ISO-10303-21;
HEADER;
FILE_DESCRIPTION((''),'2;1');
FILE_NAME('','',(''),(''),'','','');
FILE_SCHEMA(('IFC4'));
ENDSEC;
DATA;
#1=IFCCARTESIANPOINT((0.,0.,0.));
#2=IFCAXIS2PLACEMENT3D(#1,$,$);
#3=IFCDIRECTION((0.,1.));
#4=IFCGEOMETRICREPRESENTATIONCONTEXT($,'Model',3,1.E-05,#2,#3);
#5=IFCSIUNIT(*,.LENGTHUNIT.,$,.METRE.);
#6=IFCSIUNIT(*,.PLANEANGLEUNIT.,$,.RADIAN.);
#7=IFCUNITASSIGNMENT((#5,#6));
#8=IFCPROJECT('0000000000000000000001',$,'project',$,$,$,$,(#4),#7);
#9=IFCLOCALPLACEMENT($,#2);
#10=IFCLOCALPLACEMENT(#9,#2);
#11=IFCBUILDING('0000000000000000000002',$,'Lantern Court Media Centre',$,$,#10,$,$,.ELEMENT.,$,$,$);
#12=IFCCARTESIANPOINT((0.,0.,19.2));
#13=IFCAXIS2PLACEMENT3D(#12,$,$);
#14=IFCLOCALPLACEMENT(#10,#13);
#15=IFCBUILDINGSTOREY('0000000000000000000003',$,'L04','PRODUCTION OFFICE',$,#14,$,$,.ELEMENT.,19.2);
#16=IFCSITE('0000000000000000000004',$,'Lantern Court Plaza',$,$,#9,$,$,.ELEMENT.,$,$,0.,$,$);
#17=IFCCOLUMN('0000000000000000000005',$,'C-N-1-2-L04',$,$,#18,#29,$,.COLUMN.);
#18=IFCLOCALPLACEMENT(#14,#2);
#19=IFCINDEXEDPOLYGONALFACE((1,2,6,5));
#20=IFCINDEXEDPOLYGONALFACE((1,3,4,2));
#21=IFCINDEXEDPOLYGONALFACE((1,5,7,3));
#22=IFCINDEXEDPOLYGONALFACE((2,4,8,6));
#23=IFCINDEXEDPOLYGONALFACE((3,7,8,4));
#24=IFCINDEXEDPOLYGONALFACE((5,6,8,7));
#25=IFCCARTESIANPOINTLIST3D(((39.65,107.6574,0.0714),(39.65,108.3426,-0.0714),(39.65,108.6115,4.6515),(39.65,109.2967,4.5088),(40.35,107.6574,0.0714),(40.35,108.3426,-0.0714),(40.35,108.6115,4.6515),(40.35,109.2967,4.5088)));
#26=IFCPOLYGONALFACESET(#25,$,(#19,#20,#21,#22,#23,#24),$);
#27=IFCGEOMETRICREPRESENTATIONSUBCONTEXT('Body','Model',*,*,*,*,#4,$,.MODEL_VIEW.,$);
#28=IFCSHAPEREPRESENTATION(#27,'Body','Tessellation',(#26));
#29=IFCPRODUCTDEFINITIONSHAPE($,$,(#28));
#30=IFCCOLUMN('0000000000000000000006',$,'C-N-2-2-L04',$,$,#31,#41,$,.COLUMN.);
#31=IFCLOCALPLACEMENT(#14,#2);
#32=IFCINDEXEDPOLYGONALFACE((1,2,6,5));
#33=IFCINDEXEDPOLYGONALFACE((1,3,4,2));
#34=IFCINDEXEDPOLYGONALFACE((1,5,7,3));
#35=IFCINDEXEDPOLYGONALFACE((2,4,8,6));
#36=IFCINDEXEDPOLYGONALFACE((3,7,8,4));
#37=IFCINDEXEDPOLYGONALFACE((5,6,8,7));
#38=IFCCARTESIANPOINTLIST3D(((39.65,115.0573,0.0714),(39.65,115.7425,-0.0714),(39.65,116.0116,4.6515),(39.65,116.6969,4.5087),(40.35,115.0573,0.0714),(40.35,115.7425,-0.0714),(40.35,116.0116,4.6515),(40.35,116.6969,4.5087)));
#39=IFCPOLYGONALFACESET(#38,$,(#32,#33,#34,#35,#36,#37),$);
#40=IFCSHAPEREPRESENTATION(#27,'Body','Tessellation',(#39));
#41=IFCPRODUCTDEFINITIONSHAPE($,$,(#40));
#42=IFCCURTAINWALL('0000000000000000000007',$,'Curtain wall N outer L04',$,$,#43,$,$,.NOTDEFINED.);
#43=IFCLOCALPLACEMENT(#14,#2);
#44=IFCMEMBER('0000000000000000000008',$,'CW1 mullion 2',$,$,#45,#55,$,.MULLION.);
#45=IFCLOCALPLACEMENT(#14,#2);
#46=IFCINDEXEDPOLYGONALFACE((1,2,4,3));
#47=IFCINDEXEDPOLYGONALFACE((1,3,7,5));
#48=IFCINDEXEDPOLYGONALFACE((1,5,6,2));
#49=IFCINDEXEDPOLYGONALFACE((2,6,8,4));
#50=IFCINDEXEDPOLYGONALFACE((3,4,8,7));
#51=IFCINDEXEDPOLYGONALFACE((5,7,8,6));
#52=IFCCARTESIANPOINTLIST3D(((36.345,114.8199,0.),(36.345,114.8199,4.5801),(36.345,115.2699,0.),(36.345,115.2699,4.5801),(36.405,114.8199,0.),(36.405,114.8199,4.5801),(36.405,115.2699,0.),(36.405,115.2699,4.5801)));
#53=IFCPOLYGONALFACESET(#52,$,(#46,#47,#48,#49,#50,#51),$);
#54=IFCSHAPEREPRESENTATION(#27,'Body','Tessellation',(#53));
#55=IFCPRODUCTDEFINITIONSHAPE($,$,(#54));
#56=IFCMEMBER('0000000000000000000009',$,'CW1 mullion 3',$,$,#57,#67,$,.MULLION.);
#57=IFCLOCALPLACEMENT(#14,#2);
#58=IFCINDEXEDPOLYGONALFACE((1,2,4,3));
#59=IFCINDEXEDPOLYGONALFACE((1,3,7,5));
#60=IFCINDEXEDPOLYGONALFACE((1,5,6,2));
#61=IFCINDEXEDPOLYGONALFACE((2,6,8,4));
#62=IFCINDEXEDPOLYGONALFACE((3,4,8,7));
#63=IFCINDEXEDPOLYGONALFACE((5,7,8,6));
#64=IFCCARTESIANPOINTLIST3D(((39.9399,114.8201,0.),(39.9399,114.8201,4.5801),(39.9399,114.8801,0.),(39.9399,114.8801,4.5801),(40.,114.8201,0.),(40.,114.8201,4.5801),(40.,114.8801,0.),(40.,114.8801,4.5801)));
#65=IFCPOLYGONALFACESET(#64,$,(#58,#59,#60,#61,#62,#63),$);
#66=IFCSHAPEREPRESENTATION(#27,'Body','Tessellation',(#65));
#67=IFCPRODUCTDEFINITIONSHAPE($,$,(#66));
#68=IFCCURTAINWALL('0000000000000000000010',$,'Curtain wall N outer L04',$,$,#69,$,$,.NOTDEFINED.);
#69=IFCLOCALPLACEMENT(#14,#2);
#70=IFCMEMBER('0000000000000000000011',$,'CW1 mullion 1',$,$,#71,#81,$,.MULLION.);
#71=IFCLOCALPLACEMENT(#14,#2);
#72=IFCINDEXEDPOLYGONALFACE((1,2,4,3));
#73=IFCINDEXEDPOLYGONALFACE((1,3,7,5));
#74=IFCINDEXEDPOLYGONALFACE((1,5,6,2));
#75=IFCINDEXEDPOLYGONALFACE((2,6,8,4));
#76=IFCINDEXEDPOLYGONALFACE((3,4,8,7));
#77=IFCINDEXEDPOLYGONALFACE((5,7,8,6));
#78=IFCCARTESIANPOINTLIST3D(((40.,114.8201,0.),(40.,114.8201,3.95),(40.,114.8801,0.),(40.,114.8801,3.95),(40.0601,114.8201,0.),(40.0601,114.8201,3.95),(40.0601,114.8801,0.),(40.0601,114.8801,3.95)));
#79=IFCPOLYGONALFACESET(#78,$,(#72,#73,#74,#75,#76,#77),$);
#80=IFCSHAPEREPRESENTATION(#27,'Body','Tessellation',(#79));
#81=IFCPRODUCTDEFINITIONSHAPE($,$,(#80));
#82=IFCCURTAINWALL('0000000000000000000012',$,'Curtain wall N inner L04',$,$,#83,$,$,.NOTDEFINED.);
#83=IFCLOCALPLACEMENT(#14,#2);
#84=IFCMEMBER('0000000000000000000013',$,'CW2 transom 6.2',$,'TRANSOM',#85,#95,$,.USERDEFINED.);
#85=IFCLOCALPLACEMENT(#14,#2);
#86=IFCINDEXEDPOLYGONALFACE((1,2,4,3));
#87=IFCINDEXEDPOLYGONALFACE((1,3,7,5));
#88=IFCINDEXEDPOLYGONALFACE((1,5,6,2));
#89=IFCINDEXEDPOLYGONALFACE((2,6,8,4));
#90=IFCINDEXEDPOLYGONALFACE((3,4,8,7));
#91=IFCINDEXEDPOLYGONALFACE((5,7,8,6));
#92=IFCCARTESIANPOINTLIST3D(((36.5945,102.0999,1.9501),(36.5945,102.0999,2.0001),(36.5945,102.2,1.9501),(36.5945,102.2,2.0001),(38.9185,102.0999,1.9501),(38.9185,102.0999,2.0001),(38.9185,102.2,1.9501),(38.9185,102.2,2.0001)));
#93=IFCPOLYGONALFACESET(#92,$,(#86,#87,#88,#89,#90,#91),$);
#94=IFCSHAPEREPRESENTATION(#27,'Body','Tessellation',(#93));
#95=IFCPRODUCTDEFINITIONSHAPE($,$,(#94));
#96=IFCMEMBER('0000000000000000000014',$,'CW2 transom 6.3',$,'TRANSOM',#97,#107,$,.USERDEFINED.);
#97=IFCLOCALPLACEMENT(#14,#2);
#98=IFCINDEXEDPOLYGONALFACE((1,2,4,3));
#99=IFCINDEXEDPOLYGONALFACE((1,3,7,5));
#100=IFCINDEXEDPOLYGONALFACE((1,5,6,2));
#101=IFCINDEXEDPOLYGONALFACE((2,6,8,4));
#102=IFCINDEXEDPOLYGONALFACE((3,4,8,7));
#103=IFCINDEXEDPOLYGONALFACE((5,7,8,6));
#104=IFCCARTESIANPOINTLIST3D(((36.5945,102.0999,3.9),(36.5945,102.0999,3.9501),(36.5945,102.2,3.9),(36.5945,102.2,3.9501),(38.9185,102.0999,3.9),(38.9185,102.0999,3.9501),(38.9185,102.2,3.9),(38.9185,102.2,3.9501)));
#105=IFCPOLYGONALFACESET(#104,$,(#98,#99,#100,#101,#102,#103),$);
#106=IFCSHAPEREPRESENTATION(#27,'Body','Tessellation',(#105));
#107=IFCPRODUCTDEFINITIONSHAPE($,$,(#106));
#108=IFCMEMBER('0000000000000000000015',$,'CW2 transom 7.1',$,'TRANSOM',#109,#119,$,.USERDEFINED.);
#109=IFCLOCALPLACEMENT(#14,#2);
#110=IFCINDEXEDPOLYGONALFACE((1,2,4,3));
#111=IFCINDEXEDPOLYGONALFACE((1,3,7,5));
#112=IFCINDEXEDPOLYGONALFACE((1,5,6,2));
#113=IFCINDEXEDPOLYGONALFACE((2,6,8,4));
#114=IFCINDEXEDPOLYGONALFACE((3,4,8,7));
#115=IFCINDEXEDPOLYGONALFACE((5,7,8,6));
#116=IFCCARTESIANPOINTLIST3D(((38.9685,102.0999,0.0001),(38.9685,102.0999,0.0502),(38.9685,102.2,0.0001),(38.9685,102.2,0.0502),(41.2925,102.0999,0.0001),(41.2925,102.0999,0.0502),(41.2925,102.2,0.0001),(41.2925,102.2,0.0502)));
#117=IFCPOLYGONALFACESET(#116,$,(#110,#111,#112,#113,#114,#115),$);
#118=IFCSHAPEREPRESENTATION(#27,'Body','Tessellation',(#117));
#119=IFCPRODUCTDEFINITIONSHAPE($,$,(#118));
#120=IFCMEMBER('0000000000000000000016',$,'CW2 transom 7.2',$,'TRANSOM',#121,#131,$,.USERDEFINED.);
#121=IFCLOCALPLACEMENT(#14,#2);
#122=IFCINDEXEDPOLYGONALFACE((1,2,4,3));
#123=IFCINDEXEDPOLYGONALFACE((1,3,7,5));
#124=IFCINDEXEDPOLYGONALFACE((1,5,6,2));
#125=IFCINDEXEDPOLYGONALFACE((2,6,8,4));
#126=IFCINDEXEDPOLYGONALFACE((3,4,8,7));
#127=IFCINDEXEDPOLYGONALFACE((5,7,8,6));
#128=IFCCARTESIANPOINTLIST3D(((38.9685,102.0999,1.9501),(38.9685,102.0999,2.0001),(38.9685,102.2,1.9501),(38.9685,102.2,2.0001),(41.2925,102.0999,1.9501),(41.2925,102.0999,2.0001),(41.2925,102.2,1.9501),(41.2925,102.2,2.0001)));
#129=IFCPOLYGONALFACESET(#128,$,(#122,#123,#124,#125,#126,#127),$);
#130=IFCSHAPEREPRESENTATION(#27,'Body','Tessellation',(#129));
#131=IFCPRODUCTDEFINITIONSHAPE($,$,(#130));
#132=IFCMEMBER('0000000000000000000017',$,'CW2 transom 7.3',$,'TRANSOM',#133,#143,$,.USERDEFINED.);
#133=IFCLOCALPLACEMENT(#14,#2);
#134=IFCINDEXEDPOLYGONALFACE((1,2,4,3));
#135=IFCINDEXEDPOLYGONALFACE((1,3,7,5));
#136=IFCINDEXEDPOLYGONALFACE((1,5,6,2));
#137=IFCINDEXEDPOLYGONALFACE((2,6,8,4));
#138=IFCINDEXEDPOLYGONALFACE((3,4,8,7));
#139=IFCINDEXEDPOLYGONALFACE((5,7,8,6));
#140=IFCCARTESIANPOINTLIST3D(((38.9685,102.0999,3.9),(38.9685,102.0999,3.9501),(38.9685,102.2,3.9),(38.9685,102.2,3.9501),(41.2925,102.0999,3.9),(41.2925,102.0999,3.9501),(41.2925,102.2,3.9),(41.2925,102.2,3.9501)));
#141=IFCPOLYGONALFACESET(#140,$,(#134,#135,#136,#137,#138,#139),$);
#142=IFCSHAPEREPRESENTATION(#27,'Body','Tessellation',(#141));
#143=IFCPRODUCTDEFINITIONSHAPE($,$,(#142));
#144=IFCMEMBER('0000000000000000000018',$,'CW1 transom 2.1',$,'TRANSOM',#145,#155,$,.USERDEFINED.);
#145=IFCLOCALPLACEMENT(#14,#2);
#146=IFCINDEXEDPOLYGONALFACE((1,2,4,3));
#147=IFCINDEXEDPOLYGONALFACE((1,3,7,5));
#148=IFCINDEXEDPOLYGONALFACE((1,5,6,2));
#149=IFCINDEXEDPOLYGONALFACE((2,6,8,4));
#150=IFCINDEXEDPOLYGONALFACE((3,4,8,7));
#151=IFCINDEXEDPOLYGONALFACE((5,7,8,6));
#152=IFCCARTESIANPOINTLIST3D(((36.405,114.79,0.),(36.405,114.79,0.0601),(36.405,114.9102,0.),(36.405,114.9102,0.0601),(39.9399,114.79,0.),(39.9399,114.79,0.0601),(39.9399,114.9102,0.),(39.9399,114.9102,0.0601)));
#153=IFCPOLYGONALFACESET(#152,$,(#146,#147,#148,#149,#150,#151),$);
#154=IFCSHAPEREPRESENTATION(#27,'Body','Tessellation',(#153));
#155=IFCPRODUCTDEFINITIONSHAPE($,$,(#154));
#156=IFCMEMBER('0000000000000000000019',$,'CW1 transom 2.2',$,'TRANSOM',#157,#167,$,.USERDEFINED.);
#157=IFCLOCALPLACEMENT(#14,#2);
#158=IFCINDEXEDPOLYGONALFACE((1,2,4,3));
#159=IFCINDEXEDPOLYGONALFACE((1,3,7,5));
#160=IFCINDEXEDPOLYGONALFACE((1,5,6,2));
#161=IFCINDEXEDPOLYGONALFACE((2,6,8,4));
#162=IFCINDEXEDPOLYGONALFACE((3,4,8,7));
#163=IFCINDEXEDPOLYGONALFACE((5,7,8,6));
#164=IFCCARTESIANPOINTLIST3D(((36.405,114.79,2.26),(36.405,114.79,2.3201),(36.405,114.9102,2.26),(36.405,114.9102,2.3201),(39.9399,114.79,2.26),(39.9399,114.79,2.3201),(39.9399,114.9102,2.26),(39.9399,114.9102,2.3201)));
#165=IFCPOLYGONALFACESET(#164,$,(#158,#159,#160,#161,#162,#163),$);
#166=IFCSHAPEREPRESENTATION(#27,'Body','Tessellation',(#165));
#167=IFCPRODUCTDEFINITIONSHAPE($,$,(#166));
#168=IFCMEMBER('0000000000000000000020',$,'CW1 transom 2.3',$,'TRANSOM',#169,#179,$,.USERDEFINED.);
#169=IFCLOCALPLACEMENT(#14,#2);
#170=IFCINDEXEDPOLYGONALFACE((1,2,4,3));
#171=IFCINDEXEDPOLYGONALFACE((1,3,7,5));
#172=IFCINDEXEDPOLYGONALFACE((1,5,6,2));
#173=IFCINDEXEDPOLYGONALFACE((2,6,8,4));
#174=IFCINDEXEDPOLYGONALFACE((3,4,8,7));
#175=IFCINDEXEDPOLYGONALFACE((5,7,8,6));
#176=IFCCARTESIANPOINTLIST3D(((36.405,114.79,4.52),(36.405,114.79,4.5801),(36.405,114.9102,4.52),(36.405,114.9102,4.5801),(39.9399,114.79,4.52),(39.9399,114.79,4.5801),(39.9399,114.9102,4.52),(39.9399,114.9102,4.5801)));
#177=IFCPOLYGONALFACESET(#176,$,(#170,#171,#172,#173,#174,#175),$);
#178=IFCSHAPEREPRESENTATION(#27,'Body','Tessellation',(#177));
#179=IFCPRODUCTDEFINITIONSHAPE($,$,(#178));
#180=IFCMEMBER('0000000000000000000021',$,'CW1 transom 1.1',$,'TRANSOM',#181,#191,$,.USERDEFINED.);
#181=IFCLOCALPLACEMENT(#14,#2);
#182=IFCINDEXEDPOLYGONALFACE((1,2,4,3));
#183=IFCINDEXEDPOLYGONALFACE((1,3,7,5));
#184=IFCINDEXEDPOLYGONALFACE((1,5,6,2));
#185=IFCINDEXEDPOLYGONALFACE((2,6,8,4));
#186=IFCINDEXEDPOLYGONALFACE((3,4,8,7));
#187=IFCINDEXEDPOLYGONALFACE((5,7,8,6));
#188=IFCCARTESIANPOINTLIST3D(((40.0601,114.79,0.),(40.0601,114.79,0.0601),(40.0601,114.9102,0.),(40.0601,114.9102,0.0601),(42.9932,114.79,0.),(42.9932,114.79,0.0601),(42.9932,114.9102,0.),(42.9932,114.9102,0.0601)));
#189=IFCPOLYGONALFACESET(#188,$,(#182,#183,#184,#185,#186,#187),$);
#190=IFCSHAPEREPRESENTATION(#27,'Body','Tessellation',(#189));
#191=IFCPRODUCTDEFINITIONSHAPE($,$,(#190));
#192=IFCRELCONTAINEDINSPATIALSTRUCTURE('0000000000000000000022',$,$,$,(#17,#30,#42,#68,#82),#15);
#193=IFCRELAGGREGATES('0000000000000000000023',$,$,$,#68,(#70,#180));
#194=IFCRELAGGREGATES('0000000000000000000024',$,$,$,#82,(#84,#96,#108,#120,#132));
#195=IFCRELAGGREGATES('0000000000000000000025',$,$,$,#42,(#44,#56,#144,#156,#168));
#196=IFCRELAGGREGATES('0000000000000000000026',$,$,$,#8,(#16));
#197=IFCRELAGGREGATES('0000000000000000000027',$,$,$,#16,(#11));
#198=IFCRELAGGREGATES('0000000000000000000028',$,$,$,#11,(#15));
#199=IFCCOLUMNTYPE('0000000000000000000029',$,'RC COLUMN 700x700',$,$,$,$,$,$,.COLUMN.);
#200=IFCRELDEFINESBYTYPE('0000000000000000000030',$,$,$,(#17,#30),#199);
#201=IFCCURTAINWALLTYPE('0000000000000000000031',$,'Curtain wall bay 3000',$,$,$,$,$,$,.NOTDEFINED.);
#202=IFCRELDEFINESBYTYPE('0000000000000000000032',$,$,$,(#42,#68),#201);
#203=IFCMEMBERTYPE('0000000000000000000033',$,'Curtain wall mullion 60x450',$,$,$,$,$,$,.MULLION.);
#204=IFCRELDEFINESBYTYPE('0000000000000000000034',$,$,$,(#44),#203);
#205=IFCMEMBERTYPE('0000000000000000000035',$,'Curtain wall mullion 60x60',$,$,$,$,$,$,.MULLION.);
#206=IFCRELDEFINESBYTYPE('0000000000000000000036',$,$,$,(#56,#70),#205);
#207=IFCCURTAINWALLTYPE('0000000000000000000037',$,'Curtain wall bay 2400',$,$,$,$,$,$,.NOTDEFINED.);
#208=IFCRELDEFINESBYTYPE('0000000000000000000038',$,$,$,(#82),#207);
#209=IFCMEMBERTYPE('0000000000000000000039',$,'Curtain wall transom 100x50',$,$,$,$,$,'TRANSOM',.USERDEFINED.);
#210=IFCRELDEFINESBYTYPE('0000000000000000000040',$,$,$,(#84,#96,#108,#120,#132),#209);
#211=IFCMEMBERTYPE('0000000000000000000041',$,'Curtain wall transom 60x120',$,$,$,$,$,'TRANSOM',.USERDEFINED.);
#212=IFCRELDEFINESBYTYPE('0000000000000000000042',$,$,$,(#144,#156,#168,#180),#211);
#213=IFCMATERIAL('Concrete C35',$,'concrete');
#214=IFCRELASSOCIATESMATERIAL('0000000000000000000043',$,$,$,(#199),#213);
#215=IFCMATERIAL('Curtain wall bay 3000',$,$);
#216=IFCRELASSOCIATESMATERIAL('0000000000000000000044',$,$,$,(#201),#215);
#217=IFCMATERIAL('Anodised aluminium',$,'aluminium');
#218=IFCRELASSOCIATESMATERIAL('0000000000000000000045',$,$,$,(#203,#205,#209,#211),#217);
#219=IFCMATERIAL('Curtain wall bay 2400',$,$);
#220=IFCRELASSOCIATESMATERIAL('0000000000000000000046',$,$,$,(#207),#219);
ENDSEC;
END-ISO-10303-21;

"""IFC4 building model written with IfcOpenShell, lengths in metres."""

from ifc_helpers import new_model, si_unit, direction, frame, origin, origin_2d, place, context, subcontext, project, spatial, rectangle, extrude, material, material_profile, profile_set, type_object, element, aggregate, save


model = new_model("IFC4")

# Units and contexts
model_context = context("Model", 3, precision=1e-05, world=origin(), true_north=direction((0.0, 1.0)))
body_context = subcontext(model_context, "Body", "Model", "MODEL_VIEW")
ifc_project = project(units=[si_unit("LENGTHUNIT", "METRE"), si_unit("PLANEANGLEUNIT", "RADIAN")], contexts=[model_context])

# Site, building, storey
site_placement = place(None, origin())
site = spatial("IfcSite", under=ifc_project, at=site_placement, Name="Lantern Court Plaza", CompositionType="ELEMENT", RefElevation=0.0)
building_placement = place(site_placement, origin())
building = spatial("IfcBuilding", under=site, at=building_placement, Name="Lantern Court Media Centre", CompositionType="ELEMENT")
storey_placement = place(building_placement, frame((0.0, 0.0, 19.2)))
storey = spatial("IfcBuildingStorey", under=building, at=storey_placement, Name="L04", Description="PRODUCTION OFFICE", CompositionType="ELEMENT", Elevation=19.2)

# Columns
ifc_material_1 = material(Name="Concrete C35", Category="concrete")
ifc_material_profile_1 = material_profile(ifc_material_1, rectangle(XDim=0.7, YDim=0.7, at=origin_2d()), Name="RC 700x700")
ifc_profile_set_1 = profile_set([ifc_material_profile_1], Name="Concrete C35")
column_type = type_object("IfcColumnType", Name="RC COLUMN 700x700", PredefinedType="COLUMN", material=ifc_profile_set_1)
for number, where, z_axis, x_axis, name in (
    (1, (40.0, 108.0, 0.0), (0.0, 0.203938, 0.978984), (-1.0, 0.0, 0.0), "C-N-1-2-L04"),
    (2, (40.0, 115.3999, 0.0), (0.0, 0.203988, 0.978973), (-1.0, 0.0, 0.0), "C-N-2-2-L04"),
):
    element("IfcColumn", number, at=place(storey_placement, frame(where, z_axis=z_axis, x_axis=x_axis)), inside=storey, type_object=column_type, Name=name, PredefinedType="COLUMN", context=body_context, shape_type="SweptSolid", body=[
        extrude(rectangle(XDim=0.7, YDim=0.7, at=origin_2d()), origin(), (0.0, 0.0, 1.0), 4.6785),
    ])

# Curtain wall, members
ifc_material_2 = material(Name="Curtain wall bay 3000")
curtain_wall_type_1 = type_object("IfcCurtainWallType", Name="Curtain wall bay 3000", PredefinedType="NOTDEFINED", material=ifc_material_2)
curtain_wall_1_placement = place(storey_placement, origin())
curtain_wall_1 = element("IfcCurtainWall", 3, at=curtain_wall_1_placement, inside=storey, type_object=curtain_wall_type_1, Name="Curtain wall N outer L04", PredefinedType="NOTDEFINED")
ifc_material_3 = material(Name="Anodised aluminium", Category="aluminium")
ifc_material_profile_2 = material_profile(ifc_material_3, rectangle(XDim=0.45, YDim=0.0601, at=origin_2d()), Name="AL 60x450")
ifc_profile_set_2 = profile_set([ifc_material_profile_2], Name="Anodised aluminium")
member_type_1 = type_object("IfcMemberType", Name="Curtain wall mullion 60x450", PredefinedType="MULLION", material=ifc_profile_set_2)
member_1_placement = place(storey_placement, frame((36.375, 115.0449, 0.0), z_axis=(0.0, 0.0, 1.0), x_axis=(0.0, 1.0, 0.0)))
member_1 = element("IfcMember", 4, at=member_1_placement, type_object=member_type_1, Name="CW1 mullion 2", PredefinedType="MULLION", context=body_context, shape_type="SweptSolid", body=[
    extrude(rectangle(XDim=0.45, YDim=0.0601, at=origin_2d()), origin(), (0.0, 0.0, 1.0), 4.5801),
])
ifc_material_profile_3 = material_profile(ifc_material_3, rectangle(XDim=0.0601, YDim=0.0601, at=origin_2d()), Name="AL 60x60")
ifc_profile_set_3 = profile_set([ifc_material_profile_3], Name="Anodised aluminium")
member_type_2 = type_object("IfcMemberType", Name="Curtain wall mullion 60x60", PredefinedType="MULLION", material=ifc_profile_set_3)
member_2_placement = place(storey_placement, frame((39.97, 114.8501, 0.0), z_axis=(0.0, 0.0, 1.0), x_axis=(0.0, 1.0, 0.0)))
member_2 = element("IfcMember", 5, at=member_2_placement, type_object=member_type_2, Name="CW1 mullion 3", PredefinedType="MULLION", context=body_context, shape_type="SweptSolid", body=[
    extrude(rectangle(XDim=0.0601, YDim=0.0601, at=origin_2d()), origin(), (0.0, 0.0, 1.0), 4.5801),
])

# Curtain wall, member
curtain_wall_2_placement = place(storey_placement, origin())
curtain_wall_2 = element("IfcCurtainWall", 6, at=curtain_wall_2_placement, inside=storey, type_object=curtain_wall_type_1, Name="Curtain wall N outer L04", PredefinedType="NOTDEFINED")
member_3_placement = place(storey_placement, frame((40.03, 114.8501, 0.0), z_axis=(0.0, 0.0, 1.0), x_axis=(0.0, 1.0, 0.0)))
member_3 = element("IfcMember", 7, at=member_3_placement, type_object=member_type_2, Name="CW1 mullion 1", PredefinedType="MULLION", context=body_context, shape_type="SweptSolid", body=[
    extrude(rectangle(XDim=0.0601, YDim=0.0601, at=origin_2d()), origin(), (0.0, 0.0, 1.0), 3.95),
])

# Curtain wall, members
ifc_material_4 = material(Name="Curtain wall bay 2400")
curtain_wall_type_2 = type_object("IfcCurtainWallType", Name="Curtain wall bay 2400", PredefinedType="NOTDEFINED", material=ifc_material_4)
curtain_wall_3_placement = place(storey_placement, origin())
curtain_wall_3 = element("IfcCurtainWall", 8, at=curtain_wall_3_placement, inside=storey, type_object=curtain_wall_type_2, Name="Curtain wall N inner L04", PredefinedType="NOTDEFINED")
ifc_material_profile_4 = material_profile(ifc_material_3, rectangle(XDim=0.1001, YDim=0.05, at=origin_2d()), Name="AL 50x100")
ifc_profile_set_4 = profile_set([ifc_material_profile_4], Name="Anodised aluminium")
member_type_3 = type_object("IfcMemberType", Name="Curtain wall transom 100x50", ElementType="TRANSOM", PredefinedType="USERDEFINED", material=ifc_profile_set_4)
member_4_placement = place(storey_placement, frame((36.5945, 102.1499, 1.9751), z_axis=(1.0, 0.0, 0.0), x_axis=(0.0, 1.0, 0.0)))
member_4 = element("IfcMember", 9, at=member_4_placement, type_object=member_type_3, Name="CW2 transom 6.2", ObjectType="TRANSOM", PredefinedType="USERDEFINED", context=body_context, shape_type="SweptSolid", body=[
    extrude(rectangle(XDim=0.1001, YDim=0.05, at=origin_2d()), origin(), (0.0, 0.0, 1.0), 2.324),
])
member_5_placement = place(storey_placement, frame((36.5945, 102.1499, 3.925), z_axis=(1.0, 0.0, 0.0), x_axis=(0.0, 1.0, 0.0)))
member_5 = element("IfcMember", 10, at=member_5_placement, type_object=member_type_3, Name="CW2 transom 6.3", ObjectType="TRANSOM", PredefinedType="USERDEFINED", context=body_context, shape_type="SweptSolid", body=[
    extrude(rectangle(XDim=0.1001, YDim=0.05, at=origin_2d()), origin(), (0.0, 0.0, 1.0), 2.324),
])
member_6_placement = place(storey_placement, frame((38.9685, 102.1499, 0.0251), z_axis=(1.0, 0.0, 0.0), x_axis=(0.0, 1.0, 0.0)))
member_6 = element("IfcMember", 11, at=member_6_placement, type_object=member_type_3, Name="CW2 transom 7.1", ObjectType="TRANSOM", PredefinedType="USERDEFINED", context=body_context, shape_type="SweptSolid", body=[
    extrude(rectangle(XDim=0.1001, YDim=0.05, at=origin_2d()), origin(), (0.0, 0.0, 1.0), 2.324),
])
member_7_placement = place(storey_placement, frame((38.9685, 102.1499, 1.9751), z_axis=(1.0, 0.0, 0.0), x_axis=(0.0, 1.0, 0.0)))
member_7 = element("IfcMember", 12, at=member_7_placement, type_object=member_type_3, Name="CW2 transom 7.2", ObjectType="TRANSOM", PredefinedType="USERDEFINED", context=body_context, shape_type="SweptSolid", body=[
    extrude(rectangle(XDim=0.1001, YDim=0.05, at=origin_2d()), origin(), (0.0, 0.0, 1.0), 2.324),
])
member_8_placement = place(storey_placement, frame((38.9685, 102.1499, 3.925), z_axis=(1.0, 0.0, 0.0), x_axis=(0.0, 1.0, 0.0)))
member_8 = element("IfcMember", 13, at=member_8_placement, type_object=member_type_3, Name="CW2 transom 7.3", ObjectType="TRANSOM", PredefinedType="USERDEFINED", context=body_context, shape_type="SweptSolid", body=[
    extrude(rectangle(XDim=0.1001, YDim=0.05, at=origin_2d()), origin(), (0.0, 0.0, 1.0), 2.324),
])

# Members
ifc_material_profile_5 = material_profile(ifc_material_3, rectangle(XDim=0.1201, YDim=0.0601, at=origin_2d()), Name="AL 60x120")
ifc_profile_set_5 = profile_set([ifc_material_profile_5], Name="Anodised aluminium")
member_type_4 = type_object("IfcMemberType", Name="Curtain wall transom 60x120", ElementType="TRANSOM", PredefinedType="USERDEFINED", material=ifc_profile_set_5)
member_9_placement = place(storey_placement, frame((36.405, 114.8501, 0.03), z_axis=(1.0, 0.0, 0.0), x_axis=(0.0, 1.0, 0.0)))
member_9 = element("IfcMember", 14, at=member_9_placement, type_object=member_type_4, Name="CW1 transom 2.1", ObjectType="TRANSOM", PredefinedType="USERDEFINED", context=body_context, shape_type="SweptSolid", body=[
    extrude(rectangle(XDim=0.1201, YDim=0.0601, at=origin_2d()), origin(), (0.0, 0.0, 1.0), 3.5349),
])
member_10_placement = place(storey_placement, frame((36.405, 114.8501, 2.29), z_axis=(1.0, 0.0, 0.0), x_axis=(0.0, 1.0, 0.0)))
member_10 = element("IfcMember", 15, at=member_10_placement, type_object=member_type_4, Name="CW1 transom 2.2", ObjectType="TRANSOM", PredefinedType="USERDEFINED", context=body_context, shape_type="SweptSolid", body=[
    extrude(rectangle(XDim=0.1201, YDim=0.0601, at=origin_2d()), origin(), (0.0, 0.0, 1.0), 3.5349),
])
member_11_placement = place(storey_placement, frame((36.405, 114.8501, 4.55), z_axis=(1.0, 0.0, 0.0), x_axis=(0.0, 1.0, 0.0)))
member_11 = element("IfcMember", 16, at=member_11_placement, type_object=member_type_4, Name="CW1 transom 2.3", ObjectType="TRANSOM", PredefinedType="USERDEFINED", context=body_context, shape_type="SweptSolid", body=[
    extrude(rectangle(XDim=0.1201, YDim=0.0601, at=origin_2d()), origin(), (0.0, 0.0, 1.0), 3.5349),
])
member_12_placement = place(storey_placement, frame((40.0601, 114.8501, 0.03), z_axis=(1.0, 0.0, 0.0), x_axis=(0.0, 1.0, 0.0)))
member_12 = element("IfcMember", 17, at=member_12_placement, type_object=member_type_4, Name="CW1 transom 1.1", ObjectType="TRANSOM", PredefinedType="USERDEFINED", context=body_context, shape_type="SweptSolid", body=[
    extrude(rectangle(XDim=0.1201, YDim=0.0601, at=origin_2d()), origin(), (0.0, 0.0, 1.0), 2.9331),
])
aggregate(curtain_wall_2, [member_3, member_12])

aggregate(curtain_wall_3, [member_4, member_5, member_6, member_7, member_8])
aggregate(curtain_wall_1, [member_1, member_2, member_9, member_10, member_11])

save(model, "model.ifc")
